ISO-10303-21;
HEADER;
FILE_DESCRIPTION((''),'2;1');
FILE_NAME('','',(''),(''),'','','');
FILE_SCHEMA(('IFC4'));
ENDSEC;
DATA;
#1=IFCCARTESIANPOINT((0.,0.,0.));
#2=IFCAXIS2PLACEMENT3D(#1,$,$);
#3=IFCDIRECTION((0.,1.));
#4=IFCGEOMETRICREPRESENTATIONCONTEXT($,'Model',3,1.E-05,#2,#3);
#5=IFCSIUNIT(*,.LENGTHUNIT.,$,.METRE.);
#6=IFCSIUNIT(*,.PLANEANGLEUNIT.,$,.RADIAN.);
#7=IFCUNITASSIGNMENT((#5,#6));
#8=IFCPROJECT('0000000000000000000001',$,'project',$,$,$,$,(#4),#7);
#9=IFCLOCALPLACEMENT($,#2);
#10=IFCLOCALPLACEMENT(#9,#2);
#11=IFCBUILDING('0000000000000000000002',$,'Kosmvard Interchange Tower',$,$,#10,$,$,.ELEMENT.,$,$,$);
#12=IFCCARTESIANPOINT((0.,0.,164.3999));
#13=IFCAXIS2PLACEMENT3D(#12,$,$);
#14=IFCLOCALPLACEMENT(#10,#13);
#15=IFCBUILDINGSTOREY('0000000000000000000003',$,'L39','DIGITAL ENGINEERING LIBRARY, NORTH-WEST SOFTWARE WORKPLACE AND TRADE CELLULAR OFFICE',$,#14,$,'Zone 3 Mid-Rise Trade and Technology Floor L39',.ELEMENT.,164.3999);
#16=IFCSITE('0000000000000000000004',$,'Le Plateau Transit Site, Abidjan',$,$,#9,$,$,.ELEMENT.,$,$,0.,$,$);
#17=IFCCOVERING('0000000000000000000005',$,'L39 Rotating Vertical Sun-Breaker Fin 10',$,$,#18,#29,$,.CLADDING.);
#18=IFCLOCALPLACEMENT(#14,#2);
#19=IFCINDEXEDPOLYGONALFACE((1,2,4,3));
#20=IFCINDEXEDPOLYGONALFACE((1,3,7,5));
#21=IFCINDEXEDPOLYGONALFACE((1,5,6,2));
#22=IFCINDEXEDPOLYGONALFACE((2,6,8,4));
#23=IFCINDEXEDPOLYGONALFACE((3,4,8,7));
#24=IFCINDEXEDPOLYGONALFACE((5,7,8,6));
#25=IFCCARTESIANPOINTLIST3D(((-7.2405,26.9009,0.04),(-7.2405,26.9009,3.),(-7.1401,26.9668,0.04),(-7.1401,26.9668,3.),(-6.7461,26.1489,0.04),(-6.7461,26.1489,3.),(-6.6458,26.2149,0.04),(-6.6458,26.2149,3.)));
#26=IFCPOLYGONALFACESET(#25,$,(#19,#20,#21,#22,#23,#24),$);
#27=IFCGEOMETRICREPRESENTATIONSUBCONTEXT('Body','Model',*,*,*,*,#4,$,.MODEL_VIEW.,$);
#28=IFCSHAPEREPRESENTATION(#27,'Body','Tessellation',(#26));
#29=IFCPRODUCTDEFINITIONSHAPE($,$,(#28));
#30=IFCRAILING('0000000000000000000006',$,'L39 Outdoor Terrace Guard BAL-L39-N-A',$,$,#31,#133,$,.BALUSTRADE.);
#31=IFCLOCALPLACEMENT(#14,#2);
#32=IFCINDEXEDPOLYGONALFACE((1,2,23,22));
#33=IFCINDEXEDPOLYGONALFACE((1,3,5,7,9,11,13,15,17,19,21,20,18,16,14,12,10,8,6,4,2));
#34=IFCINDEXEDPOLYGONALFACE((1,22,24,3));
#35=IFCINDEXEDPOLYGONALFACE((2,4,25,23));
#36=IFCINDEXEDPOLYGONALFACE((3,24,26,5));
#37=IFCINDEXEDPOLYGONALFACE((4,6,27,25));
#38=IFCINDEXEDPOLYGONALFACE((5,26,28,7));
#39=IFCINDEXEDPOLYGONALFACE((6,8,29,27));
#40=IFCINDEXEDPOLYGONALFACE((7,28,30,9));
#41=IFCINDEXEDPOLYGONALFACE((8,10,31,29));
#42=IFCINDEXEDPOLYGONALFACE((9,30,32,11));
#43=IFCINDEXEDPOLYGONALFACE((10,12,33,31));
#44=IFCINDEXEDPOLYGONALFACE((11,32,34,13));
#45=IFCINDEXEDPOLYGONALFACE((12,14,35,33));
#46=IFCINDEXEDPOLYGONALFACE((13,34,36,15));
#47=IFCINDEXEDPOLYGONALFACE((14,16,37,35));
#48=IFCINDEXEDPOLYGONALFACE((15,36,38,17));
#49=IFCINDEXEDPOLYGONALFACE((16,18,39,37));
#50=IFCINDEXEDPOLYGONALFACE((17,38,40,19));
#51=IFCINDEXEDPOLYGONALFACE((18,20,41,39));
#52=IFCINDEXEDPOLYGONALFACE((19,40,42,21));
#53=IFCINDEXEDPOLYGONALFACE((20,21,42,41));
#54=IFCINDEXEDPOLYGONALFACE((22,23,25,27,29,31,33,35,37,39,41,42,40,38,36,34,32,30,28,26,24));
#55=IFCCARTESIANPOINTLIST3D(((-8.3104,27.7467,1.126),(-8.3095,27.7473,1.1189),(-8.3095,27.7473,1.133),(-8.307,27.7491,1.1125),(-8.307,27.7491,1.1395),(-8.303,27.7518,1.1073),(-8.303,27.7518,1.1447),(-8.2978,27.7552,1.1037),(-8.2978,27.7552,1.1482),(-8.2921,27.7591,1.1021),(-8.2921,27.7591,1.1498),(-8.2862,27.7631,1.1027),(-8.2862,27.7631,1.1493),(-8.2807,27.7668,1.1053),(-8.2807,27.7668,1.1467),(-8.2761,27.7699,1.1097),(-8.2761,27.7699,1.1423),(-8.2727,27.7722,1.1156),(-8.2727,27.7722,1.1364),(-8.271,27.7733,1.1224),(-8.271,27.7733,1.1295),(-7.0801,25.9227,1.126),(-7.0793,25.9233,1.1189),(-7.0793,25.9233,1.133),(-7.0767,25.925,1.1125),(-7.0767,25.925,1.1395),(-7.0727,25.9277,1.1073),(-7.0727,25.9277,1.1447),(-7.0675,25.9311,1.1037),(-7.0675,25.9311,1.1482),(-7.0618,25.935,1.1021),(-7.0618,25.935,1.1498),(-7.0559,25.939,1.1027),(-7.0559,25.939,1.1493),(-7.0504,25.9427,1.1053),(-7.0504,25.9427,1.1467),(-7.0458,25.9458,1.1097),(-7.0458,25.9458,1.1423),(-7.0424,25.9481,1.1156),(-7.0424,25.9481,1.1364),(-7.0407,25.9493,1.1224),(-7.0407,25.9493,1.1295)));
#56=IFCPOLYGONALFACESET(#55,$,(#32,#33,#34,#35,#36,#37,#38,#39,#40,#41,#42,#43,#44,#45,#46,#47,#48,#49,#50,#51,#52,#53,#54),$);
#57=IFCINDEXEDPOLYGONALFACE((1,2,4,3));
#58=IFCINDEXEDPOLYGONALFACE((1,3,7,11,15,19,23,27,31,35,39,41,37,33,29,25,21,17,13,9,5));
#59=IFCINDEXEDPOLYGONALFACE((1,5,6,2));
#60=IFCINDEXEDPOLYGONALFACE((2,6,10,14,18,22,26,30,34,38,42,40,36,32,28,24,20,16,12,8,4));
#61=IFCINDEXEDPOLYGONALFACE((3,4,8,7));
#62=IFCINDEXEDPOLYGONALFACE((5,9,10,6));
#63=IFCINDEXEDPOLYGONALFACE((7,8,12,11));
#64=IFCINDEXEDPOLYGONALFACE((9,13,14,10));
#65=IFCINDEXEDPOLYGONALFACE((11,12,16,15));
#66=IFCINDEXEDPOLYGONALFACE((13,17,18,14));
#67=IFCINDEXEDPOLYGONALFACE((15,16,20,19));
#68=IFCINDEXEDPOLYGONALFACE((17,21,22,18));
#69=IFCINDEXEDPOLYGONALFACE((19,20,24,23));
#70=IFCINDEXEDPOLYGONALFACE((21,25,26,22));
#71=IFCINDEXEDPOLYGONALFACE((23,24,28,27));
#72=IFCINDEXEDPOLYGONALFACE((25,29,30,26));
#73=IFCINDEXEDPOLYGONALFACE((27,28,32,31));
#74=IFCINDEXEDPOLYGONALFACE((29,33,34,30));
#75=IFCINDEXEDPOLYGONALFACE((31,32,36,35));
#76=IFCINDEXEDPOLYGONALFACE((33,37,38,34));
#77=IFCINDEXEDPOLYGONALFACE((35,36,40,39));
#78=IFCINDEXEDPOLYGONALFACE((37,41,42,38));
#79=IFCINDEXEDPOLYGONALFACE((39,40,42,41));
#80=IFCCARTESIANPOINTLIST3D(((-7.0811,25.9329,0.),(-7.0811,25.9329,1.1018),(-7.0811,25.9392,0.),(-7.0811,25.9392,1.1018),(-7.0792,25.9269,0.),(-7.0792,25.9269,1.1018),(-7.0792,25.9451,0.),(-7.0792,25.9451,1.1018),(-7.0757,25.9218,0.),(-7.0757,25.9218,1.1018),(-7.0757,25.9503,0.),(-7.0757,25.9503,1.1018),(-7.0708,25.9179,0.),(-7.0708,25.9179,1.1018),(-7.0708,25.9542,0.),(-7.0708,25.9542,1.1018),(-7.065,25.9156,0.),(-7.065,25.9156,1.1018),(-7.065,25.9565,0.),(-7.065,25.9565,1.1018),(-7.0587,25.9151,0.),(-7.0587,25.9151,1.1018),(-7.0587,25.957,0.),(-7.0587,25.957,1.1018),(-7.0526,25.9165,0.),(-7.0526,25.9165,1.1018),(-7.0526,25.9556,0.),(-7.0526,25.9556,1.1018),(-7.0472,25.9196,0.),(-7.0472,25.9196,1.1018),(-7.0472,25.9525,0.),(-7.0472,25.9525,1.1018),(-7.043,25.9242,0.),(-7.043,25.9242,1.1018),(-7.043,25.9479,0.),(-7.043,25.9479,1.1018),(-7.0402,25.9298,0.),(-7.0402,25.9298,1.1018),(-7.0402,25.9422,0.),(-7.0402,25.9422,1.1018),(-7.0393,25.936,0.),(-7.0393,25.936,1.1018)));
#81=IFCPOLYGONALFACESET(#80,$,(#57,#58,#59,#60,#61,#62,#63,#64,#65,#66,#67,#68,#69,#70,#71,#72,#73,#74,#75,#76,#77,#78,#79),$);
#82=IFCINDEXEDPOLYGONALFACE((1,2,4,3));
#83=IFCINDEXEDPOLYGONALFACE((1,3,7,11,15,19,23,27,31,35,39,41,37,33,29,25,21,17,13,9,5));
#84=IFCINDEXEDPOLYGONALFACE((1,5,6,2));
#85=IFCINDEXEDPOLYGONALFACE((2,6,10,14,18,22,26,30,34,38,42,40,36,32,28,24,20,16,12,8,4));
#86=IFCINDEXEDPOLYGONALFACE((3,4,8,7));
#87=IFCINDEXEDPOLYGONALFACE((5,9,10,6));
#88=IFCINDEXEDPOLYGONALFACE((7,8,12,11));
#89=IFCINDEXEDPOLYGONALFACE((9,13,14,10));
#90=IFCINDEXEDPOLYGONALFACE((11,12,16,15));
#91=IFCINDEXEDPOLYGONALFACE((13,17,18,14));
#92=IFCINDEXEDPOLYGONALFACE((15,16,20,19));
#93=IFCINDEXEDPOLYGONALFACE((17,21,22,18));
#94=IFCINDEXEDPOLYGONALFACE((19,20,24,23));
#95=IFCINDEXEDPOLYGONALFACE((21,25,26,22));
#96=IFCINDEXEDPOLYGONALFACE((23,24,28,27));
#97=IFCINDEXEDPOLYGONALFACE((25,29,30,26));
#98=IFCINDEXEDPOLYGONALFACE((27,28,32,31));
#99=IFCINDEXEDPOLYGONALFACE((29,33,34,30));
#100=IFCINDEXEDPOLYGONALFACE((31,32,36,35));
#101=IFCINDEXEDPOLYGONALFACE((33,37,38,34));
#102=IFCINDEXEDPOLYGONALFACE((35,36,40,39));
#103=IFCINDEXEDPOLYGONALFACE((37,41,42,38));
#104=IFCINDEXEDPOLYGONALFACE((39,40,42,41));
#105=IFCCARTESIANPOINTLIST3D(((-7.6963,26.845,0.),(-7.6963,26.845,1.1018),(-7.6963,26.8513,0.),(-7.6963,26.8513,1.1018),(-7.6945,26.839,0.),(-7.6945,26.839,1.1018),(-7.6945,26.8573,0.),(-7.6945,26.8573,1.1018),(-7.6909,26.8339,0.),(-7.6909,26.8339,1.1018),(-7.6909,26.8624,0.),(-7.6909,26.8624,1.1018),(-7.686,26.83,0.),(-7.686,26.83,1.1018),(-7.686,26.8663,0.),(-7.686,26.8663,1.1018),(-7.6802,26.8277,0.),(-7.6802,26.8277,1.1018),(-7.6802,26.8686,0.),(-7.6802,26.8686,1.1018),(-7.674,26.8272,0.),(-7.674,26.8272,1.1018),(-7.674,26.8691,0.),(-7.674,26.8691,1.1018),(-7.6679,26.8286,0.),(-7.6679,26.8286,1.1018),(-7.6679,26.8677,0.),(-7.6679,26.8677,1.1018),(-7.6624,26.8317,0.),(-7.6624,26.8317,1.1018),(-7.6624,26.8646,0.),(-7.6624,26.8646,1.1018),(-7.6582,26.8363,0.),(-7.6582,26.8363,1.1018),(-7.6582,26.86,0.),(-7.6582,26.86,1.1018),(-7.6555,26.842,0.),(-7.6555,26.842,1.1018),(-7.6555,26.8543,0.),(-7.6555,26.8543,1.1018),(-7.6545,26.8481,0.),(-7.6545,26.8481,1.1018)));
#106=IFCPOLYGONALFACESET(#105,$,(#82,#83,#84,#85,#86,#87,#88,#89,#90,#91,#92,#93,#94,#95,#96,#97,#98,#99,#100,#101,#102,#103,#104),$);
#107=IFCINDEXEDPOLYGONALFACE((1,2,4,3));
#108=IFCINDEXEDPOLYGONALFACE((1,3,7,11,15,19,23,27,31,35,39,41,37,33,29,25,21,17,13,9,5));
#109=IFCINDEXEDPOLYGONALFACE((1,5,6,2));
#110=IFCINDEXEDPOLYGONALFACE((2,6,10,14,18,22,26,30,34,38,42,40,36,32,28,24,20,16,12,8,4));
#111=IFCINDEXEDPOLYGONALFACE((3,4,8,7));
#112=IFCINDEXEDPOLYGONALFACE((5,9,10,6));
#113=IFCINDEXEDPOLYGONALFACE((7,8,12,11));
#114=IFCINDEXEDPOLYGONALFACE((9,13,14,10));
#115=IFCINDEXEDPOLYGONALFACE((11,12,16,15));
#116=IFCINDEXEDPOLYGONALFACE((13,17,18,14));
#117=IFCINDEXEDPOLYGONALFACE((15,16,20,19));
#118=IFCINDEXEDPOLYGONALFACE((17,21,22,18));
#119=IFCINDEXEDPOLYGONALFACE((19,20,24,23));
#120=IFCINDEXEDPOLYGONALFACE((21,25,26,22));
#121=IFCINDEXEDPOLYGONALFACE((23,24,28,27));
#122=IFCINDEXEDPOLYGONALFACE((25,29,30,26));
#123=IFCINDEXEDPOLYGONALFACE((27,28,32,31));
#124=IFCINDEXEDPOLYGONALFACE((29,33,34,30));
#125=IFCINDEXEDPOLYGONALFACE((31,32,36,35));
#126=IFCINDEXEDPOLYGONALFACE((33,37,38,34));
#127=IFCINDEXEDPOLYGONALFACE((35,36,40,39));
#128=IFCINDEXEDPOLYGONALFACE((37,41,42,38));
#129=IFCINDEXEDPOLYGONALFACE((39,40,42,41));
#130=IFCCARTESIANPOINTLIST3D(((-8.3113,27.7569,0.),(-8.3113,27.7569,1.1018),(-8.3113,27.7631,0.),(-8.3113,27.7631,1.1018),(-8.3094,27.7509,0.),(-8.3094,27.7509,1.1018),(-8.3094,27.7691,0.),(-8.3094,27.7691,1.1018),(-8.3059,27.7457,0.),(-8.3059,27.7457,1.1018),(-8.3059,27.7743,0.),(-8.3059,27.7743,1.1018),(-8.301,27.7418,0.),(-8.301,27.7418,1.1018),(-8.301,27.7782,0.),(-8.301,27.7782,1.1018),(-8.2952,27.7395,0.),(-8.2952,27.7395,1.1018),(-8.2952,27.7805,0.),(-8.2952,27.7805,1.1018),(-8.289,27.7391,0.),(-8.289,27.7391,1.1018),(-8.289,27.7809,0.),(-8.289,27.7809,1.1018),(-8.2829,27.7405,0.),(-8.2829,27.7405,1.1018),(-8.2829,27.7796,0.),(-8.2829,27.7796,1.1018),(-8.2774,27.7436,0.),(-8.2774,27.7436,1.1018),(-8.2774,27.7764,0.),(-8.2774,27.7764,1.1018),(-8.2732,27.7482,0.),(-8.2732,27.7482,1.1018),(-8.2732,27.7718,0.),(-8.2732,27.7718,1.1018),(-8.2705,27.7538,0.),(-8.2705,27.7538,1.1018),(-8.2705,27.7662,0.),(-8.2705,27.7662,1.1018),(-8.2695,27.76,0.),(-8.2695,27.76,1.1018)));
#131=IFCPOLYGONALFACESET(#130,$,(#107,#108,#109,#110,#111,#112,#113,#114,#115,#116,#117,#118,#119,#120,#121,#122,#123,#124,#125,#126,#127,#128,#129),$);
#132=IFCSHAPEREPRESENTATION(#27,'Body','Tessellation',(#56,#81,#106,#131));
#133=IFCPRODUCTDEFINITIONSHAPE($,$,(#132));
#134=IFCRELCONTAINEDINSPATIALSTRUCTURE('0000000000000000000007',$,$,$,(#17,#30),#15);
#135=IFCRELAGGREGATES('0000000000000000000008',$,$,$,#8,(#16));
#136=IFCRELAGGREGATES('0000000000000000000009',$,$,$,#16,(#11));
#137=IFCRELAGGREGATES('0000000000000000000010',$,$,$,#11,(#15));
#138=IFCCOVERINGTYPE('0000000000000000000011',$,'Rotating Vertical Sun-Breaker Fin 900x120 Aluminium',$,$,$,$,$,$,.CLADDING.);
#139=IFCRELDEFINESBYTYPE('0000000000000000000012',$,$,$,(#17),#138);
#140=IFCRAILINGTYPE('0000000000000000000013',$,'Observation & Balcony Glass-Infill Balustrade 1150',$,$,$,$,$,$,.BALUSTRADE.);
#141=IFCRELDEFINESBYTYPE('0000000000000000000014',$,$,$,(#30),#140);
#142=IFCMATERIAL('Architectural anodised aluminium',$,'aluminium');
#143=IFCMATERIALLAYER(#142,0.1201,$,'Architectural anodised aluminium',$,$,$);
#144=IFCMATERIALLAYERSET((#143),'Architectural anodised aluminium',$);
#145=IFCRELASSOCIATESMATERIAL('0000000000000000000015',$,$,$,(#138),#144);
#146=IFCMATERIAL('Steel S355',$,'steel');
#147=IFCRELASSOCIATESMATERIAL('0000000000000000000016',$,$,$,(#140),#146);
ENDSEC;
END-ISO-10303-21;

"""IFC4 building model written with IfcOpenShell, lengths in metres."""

from ifc_helpers import new_model, si_unit, direction, frame, origin, origin_2d, place, context, subcontext, project, spatial, rectangle, circle, extrude, source, transform, mapped, material, layer, layer_set, type_object, element, save


model = new_model("IFC4")

# Units and contexts
model_context = context("Model", 3, precision=1e-05, world=origin(), true_north=direction((0.0, 1.0)))
body_context = subcontext(model_context, "Body", "Model", "MODEL_VIEW")
ifc_project = project(units=[si_unit("LENGTHUNIT", "METRE"), si_unit("PLANEANGLEUNIT", "RADIAN")], contexts=[model_context])

# Site, building, storey
site_placement = place(None, origin())
site = spatial("IfcSite", under=ifc_project, at=site_placement, Name="Le Plateau Transit Site, Abidjan", CompositionType="ELEMENT", RefElevation=0.0)
building_placement = place(site_placement, origin())
building = spatial("IfcBuilding", under=site, at=building_placement, Name="Kosmvard Interchange Tower", CompositionType="ELEMENT")
storey_placement = place(building_placement, frame((0.0, 0.0, 164.3999)))
storey = spatial("IfcBuildingStorey", under=building, at=storey_placement, Name="L39", Description="DIGITAL ENGINEERING LIBRARY, NORTH-WEST SOFTWARE WORKPLACE AND TRADE CELLULAR OFFICE", LongName="Zone 3 Mid-Rise Trade and Technology Floor L39", CompositionType="ELEMENT", Elevation=164.3999)

# Shared definitions
ifc_material_1 = material(Name="Steel S355", Category="steel")

# Covering
ifc_material_2 = material(Name="Architectural anodised aluminium", Category="aluminium")
ifc_layer_1 = layer(ifc_material_2, 0.1201, Name="Architectural anodised aluminium")
ifc_layer_set_1 = layer_set([ifc_layer_1], Name="Architectural anodised aluminium")
covering_type = type_object("IfcCoveringType", Name="Rotating Vertical Sun-Breaker Fin 900x120 Aluminium", PredefinedType="CLADDING", material=ifc_layer_set_1)
shared_shape_1 = source(origin(), body_context, "Body", "SweptSolid", [
    extrude(rectangle(XDim=0.8999, YDim=0.1201, at=origin_2d()), origin(), (0.0, 0.0, 1.0), 2.96),
])
covering_placement = place(storey_placement, frame((-6.9431, 26.5579, 0.04), z_axis=(0.0, 0.0, 1.0), x_axis=(-0.549315, 0.835616, 0.0)))
element("IfcCovering", 1, at=covering_placement, inside=storey, type_object=covering_type, Name="L39 Rotating Vertical Sun-Breaker Fin 10", PredefinedType="CLADDING", context=body_context, shape_type="MappedRepresentation", body=[
    mapped(shared_shape_1, transform((0.0, 0.0, 0.0), scale=1.0)),
])

# Railing
railing_type_1 = type_object("IfcRailingType", Name="Observation & Balcony Glass-Infill Balustrade 1150", PredefinedType="BALUSTRADE", material=ifc_material_1)
shared_shape_2 = source(origin(), body_context, "Body", "SweptSolid", [
    extrude(circle(Radius=0.0239, at=origin_2d()), frame((0.0, 0.0, 1.126), z_axis=(-0.559174, 0.829051, 0.0), x_axis=(-0.829051, -0.559174, 0.0)), (0.0, 0.0, 1.0), 2.2002),
    extrude(circle(Radius=0.021, at=origin_2d()), origin(), (0.0, 0.0, 1.0), 1.1018),
    extrude(circle(Radius=0.021, at=origin_2d()), frame((-0.6152, 0.9121, 0.0)), (0.0, 0.0, 1.0), 1.1018),
    extrude(circle(Radius=0.021, at=origin_2d()), frame((-1.2302, 1.824, 0.0)), (0.0, 0.0, 1.0), 1.1018),
])
railing_1_placement = place(storey_placement, frame((-7.0603, 25.936, 0.0)))
element("IfcRailing", 2, at=railing_1_placement, inside=storey, type_object=railing_type_1, Name="L39 Outdoor Terrace Guard BAL-L39-N-A", PredefinedType="BALUSTRADE", context=body_context, shape_type="MappedRepresentation", body=[
    mapped(shared_shape_2, transform((0.0, 0.0, 0.0), scale=1.0)),
])

save(model, "model.ifc")
